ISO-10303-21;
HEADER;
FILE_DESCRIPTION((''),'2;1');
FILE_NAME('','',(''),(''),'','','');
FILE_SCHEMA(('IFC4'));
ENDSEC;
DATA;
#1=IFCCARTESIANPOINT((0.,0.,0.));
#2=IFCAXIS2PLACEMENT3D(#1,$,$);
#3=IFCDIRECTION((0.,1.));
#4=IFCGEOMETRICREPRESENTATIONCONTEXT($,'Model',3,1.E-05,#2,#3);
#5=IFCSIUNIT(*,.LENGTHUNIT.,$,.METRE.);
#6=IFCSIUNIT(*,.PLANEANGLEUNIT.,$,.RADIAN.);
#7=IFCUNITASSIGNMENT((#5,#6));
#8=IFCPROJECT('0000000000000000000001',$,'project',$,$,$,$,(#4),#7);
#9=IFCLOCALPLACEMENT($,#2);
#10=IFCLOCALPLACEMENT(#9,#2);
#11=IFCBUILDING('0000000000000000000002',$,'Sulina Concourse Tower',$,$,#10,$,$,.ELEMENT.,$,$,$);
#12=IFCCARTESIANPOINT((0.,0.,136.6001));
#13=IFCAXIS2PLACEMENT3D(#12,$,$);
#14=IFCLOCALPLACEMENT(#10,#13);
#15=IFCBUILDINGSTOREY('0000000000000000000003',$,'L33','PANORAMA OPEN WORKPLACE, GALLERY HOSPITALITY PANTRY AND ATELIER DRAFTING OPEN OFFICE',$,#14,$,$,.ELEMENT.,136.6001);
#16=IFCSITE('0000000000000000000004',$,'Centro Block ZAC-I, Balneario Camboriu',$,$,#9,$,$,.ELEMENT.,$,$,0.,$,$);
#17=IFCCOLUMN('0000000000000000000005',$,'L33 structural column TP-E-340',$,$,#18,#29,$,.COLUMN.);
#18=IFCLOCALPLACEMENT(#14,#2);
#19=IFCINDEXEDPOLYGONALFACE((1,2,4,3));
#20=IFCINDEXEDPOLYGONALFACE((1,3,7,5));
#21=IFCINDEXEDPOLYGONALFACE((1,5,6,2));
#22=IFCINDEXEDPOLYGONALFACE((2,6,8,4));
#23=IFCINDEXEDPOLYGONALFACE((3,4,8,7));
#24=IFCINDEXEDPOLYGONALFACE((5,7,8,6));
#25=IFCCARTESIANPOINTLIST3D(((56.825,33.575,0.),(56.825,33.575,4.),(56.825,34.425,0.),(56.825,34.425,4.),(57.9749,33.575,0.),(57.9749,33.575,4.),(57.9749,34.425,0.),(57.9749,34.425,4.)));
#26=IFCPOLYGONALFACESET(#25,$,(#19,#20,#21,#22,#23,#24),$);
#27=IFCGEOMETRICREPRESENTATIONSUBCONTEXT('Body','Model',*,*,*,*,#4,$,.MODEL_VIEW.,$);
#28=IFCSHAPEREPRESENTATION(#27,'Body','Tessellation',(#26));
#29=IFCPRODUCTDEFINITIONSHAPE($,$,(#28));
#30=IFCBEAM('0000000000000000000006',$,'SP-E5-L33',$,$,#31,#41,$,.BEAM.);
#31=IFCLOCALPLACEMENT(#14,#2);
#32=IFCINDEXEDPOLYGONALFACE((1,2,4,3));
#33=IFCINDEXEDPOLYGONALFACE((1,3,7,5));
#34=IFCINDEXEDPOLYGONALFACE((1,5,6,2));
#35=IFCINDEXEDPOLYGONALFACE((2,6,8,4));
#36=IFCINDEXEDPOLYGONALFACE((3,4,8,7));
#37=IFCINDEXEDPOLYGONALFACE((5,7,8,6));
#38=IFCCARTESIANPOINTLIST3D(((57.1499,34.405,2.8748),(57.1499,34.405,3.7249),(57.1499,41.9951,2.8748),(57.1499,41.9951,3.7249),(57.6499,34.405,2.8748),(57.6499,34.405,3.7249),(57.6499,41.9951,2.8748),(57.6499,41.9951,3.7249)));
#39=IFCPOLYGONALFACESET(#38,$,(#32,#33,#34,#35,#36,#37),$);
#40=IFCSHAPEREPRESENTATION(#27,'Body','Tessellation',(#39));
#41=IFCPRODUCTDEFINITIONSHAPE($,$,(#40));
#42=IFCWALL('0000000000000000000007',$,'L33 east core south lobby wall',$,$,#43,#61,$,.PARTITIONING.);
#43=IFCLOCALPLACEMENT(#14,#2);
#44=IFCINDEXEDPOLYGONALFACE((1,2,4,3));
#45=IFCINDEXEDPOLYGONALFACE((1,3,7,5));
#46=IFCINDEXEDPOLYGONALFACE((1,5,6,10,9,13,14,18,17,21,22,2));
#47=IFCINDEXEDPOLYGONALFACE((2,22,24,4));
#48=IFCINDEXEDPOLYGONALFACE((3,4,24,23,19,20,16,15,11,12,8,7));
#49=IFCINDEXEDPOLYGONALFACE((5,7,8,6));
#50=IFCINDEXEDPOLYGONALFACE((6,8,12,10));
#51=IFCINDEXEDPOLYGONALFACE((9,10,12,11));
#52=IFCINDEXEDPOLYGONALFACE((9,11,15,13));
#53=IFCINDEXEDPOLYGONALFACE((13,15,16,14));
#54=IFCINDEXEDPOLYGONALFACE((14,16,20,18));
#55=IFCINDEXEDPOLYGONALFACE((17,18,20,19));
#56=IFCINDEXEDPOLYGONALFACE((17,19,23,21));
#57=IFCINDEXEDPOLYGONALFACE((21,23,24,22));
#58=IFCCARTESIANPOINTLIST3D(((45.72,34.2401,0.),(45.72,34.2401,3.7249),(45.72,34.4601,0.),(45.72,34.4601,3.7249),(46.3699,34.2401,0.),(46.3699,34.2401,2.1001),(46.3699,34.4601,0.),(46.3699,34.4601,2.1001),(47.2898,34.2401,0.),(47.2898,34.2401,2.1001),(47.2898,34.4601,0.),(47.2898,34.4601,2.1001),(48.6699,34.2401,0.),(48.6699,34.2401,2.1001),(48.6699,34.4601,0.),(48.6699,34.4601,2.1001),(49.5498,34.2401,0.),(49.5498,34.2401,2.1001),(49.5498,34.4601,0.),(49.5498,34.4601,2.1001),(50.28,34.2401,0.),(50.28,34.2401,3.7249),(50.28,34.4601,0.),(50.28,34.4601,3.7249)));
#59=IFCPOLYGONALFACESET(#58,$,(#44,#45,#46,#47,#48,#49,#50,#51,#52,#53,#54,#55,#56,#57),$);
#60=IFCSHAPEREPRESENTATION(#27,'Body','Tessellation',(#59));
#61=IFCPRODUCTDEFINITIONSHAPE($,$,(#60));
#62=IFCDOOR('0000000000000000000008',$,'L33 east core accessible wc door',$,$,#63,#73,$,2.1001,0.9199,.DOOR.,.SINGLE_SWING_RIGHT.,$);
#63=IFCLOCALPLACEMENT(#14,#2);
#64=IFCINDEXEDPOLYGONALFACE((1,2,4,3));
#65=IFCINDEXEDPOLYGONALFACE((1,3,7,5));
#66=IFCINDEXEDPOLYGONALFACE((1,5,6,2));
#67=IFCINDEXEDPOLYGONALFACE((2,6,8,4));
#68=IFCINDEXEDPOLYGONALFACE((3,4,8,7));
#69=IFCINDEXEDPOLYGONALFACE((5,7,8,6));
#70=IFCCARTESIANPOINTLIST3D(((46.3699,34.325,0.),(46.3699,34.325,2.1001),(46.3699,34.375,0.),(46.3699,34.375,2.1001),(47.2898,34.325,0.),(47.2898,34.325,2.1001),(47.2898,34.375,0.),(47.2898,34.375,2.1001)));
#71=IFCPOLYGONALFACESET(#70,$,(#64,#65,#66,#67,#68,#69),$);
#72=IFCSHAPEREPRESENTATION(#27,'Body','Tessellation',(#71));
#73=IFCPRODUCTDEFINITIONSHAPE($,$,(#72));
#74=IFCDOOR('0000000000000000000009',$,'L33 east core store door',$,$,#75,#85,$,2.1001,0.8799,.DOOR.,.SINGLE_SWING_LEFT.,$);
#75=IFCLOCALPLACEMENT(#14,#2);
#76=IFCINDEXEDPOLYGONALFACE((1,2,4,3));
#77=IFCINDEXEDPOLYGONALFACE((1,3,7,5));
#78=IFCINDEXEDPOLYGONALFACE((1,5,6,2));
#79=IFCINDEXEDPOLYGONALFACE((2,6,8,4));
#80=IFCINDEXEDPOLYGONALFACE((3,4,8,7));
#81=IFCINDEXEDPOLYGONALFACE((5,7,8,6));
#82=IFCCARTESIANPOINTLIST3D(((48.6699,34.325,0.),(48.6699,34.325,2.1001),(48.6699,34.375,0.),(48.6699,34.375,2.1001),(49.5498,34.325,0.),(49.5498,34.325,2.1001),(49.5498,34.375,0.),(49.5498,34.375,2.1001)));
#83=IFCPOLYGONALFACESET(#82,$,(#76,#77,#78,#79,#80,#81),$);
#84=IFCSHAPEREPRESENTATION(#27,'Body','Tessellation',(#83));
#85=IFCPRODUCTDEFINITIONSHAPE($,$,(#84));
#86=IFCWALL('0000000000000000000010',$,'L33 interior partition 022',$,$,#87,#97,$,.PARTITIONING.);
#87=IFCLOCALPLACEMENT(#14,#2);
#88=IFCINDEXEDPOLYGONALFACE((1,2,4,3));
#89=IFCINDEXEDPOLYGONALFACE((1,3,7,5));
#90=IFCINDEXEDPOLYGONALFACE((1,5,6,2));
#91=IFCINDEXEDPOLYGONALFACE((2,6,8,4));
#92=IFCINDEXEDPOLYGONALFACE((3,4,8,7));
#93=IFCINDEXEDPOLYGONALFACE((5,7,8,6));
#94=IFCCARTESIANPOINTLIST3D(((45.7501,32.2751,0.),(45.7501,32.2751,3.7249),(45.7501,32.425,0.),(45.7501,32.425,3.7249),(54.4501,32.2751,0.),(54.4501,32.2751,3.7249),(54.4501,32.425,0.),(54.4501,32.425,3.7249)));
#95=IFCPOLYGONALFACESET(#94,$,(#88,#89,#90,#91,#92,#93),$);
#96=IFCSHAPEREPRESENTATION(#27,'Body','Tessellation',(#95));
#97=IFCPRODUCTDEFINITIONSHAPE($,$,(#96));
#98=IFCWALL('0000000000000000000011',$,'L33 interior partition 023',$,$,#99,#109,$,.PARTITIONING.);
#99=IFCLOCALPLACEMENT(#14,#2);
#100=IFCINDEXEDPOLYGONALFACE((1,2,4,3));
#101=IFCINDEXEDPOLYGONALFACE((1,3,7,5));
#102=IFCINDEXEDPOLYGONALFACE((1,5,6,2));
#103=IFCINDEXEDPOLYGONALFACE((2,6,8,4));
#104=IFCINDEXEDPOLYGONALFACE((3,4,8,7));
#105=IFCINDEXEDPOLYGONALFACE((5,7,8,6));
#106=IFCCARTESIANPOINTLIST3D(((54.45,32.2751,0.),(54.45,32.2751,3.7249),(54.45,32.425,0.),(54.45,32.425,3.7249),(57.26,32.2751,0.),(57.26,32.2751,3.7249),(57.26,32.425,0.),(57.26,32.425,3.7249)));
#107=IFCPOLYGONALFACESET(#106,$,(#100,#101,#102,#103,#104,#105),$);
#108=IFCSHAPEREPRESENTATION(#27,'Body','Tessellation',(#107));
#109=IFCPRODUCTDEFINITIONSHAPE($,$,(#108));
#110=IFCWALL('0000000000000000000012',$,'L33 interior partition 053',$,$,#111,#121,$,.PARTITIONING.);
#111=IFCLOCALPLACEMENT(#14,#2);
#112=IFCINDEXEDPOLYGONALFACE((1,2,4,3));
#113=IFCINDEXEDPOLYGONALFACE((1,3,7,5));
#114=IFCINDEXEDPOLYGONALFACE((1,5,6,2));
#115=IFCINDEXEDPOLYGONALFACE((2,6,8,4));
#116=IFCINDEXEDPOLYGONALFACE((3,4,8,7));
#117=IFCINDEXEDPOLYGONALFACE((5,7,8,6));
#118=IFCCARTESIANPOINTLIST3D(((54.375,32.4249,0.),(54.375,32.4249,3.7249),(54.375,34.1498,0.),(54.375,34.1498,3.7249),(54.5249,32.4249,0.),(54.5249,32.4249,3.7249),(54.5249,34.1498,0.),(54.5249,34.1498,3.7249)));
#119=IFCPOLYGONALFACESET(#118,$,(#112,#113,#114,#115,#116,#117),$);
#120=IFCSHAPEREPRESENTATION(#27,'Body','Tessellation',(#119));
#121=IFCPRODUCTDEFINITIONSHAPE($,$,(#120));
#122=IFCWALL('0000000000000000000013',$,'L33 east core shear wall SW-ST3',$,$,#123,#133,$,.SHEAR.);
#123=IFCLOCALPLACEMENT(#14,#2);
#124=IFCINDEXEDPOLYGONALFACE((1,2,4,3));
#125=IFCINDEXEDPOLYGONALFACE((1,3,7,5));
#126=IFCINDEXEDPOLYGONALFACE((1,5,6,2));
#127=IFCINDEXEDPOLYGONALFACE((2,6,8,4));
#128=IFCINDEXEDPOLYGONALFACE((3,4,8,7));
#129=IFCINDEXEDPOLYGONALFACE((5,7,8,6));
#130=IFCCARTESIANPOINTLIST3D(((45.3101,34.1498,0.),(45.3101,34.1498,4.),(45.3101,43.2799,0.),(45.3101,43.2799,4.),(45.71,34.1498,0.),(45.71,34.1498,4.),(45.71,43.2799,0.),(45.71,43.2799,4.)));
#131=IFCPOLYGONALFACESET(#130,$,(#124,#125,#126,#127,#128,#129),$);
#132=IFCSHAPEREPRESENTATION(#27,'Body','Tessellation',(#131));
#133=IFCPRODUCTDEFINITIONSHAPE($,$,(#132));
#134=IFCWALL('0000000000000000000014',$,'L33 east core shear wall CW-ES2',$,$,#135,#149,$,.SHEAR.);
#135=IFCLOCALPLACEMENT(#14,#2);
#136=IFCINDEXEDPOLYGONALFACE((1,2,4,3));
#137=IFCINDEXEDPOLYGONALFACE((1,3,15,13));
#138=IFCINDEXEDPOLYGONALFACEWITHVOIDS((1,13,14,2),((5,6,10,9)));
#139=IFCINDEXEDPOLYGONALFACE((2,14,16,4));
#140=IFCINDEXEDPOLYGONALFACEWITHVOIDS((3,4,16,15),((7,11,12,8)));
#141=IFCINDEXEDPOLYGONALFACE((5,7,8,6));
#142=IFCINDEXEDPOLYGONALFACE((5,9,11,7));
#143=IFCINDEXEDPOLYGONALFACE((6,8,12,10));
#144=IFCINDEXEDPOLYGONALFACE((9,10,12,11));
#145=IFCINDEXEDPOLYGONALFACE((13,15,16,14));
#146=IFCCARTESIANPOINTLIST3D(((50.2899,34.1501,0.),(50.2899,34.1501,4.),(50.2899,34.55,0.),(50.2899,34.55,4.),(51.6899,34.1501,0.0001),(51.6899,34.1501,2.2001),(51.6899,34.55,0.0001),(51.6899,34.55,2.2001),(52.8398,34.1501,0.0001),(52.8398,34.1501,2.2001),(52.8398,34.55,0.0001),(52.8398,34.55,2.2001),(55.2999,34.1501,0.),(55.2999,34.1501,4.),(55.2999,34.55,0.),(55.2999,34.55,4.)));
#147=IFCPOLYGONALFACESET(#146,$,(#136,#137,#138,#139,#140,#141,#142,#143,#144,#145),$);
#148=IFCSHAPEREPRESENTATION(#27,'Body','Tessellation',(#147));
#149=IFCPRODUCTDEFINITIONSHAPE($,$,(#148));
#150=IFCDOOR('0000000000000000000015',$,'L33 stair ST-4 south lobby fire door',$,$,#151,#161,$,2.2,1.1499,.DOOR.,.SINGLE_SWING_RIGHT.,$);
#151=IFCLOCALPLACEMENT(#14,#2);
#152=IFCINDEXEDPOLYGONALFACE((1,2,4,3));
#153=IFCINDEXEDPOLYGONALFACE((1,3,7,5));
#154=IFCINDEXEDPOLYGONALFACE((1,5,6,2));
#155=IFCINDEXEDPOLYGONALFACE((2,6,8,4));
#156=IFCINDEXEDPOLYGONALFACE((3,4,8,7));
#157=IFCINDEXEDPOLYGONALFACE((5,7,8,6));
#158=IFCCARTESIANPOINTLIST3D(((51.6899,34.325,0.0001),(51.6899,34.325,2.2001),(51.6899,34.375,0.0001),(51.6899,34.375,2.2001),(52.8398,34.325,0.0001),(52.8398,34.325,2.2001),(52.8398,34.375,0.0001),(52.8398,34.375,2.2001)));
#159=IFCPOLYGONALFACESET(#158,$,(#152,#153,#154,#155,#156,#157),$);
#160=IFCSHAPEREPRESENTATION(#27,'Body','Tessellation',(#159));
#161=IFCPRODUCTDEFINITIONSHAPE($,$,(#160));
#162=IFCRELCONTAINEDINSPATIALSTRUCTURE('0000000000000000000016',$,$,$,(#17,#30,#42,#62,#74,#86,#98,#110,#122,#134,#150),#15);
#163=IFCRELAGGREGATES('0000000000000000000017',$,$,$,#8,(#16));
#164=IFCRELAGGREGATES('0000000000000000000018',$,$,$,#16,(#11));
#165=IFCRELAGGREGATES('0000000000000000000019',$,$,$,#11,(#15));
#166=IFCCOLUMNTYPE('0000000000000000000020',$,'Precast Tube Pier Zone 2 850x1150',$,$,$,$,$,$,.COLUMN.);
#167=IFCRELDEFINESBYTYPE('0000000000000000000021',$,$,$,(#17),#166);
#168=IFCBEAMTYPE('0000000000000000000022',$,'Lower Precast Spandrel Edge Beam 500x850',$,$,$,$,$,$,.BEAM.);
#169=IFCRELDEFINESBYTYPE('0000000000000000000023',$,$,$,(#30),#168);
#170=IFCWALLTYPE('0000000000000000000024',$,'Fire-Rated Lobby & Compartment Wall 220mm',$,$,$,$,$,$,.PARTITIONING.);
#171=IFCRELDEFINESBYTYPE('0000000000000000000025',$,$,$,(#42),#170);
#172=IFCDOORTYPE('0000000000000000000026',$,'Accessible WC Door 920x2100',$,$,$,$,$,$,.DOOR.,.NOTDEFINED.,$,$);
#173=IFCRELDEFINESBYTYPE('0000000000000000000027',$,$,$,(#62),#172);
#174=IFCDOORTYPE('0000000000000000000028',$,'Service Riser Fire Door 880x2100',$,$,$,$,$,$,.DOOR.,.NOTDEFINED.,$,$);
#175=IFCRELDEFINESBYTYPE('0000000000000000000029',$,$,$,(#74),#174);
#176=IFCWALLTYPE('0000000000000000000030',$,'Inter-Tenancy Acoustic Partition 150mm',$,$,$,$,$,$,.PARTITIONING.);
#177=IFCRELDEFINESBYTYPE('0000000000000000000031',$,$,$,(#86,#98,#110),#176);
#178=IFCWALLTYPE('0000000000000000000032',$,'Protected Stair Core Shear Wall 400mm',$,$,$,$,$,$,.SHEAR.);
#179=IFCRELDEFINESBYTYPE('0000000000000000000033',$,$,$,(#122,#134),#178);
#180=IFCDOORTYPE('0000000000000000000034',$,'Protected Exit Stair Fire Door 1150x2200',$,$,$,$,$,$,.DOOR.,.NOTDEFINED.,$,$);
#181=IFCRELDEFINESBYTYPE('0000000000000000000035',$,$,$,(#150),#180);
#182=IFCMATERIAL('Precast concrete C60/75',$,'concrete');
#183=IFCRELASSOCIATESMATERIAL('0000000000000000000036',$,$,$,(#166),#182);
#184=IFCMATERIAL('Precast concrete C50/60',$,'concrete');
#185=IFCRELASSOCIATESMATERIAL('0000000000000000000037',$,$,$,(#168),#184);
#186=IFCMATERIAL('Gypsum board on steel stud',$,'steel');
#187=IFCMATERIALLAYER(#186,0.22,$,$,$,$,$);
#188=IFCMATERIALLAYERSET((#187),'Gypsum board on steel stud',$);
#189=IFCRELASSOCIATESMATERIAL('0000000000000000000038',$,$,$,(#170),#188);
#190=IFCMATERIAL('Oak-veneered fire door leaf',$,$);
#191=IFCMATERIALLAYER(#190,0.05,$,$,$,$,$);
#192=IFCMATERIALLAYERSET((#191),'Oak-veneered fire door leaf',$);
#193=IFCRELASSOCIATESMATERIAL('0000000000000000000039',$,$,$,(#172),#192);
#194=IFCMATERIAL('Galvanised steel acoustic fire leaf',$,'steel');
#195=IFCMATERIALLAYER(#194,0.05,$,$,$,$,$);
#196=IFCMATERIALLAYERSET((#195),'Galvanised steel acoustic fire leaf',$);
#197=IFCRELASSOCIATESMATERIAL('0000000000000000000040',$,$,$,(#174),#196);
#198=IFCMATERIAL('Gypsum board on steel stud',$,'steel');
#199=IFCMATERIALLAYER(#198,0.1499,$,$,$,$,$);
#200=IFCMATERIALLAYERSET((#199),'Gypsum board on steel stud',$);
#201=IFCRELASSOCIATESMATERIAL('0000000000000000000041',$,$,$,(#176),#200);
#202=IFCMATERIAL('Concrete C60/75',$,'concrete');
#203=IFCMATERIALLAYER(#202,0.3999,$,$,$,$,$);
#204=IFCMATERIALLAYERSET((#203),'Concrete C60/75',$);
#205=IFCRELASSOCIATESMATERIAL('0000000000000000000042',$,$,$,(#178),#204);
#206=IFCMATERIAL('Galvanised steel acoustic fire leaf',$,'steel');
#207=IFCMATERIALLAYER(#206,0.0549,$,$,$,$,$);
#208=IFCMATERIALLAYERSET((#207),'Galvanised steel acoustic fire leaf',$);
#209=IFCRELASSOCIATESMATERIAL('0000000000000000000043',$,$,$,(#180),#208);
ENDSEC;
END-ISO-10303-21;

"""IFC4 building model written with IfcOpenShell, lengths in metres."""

from ifc_helpers import new_model, si_unit, direction, frame, frame_2d, origin, origin_2d, place, context, subcontext, project, spatial, rectangle, extrude, material, layer, layer_set, material_profile, profile_set, type_object, element, fill, save


model = new_model("IFC4")

# Units and contexts
model_context = context("Model", 3, precision=1e-05, world=origin(), true_north=direction((0.0, 1.0)))
body_context = subcontext(model_context, "Body", "Model", "MODEL_VIEW")
ifc_project = project(units=[si_unit("LENGTHUNIT", "METRE"), si_unit("PLANEANGLEUNIT", "RADIAN")], contexts=[model_context])

# Site, building, storey
site_placement = place(None, origin())
site = spatial("IfcSite", under=ifc_project, at=site_placement, Name="Centro Block ZAC-I, Balneario Camboriu", CompositionType="ELEMENT", RefElevation=0.0)
building_placement = place(site_placement, origin())
building = spatial("IfcBuilding", under=site, at=building_placement, Name="Sulina Concourse Tower", CompositionType="ELEMENT")
storey_placement = place(building_placement, frame((0.0, 0.0, 136.6001)))
storey = spatial("IfcBuildingStorey", under=building, at=storey_placement, Name="L33", Description="PANORAMA OPEN WORKPLACE, GALLERY HOSPITALITY PANTRY AND ATELIER DRAFTING OPEN OFFICE", CompositionType="ELEMENT", Elevation=136.6001)

# Column
ifc_material_1 = material(Name="Precast concrete C60/75", Category="concrete")
ifc_material_profile_1 = material_profile(ifc_material_1, rectangle(XDim=0.8501, YDim=1.1499, at=origin_2d()), Name="PC 850x1150")
ifc_profile_set_1 = profile_set([ifc_material_profile_1], Name="Precast concrete C60/75")
column_type = type_object("IfcColumnType", Name="Precast Tube Pier Zone 2 850x1150", PredefinedType="COLUMN", material=ifc_profile_set_1)
column_placement = place(storey_placement, frame((57.3999, 34.0, 0.0), z_axis=(0.0, 0.0, 1.0), x_axis=(0.0, 1.0, 0.0)))
element("IfcColumn", 1, at=column_placement, inside=storey, type_object=column_type, Name="L33 structural column TP-E-340", PredefinedType="COLUMN", context=body_context, shape_type="SweptSolid", body=[
    extrude(rectangle(XDim=0.8501, YDim=1.1499, at=origin_2d()), origin(), (0.0, 0.0, 1.0), 4.0),
])

# Beam
ifc_material_2 = material(Name="Precast concrete C50/60", Category="concrete")
ifc_material_profile_2 = material_profile(ifc_material_2, rectangle(XDim=0.5, YDim=0.8501, at=origin_2d()), Name="RC 500x850")
ifc_profile_set_2 = profile_set([ifc_material_profile_2], Name="Precast concrete C50/60")
beam_type = type_object("IfcBeamType", Name="Lower Precast Spandrel Edge Beam 500x850", PredefinedType="BEAM", material=ifc_profile_set_2)
beam_placement = place(storey_placement, frame((57.3999, 34.405, 3.2998), z_axis=(0.0, 1.0, 0.0), x_axis=(-1.0, 0.0, 0.0)))
element("IfcBeam", 2, at=beam_placement, inside=storey, type_object=beam_type, Name="SP-E5-L33", PredefinedType="BEAM", context=body_context, shape_type="SweptSolid", body=[
    extrude(rectangle(XDim=0.5, YDim=0.8501, at=origin_2d()), origin(), (0.0, 0.0, 1.0), 7.5901),
])

# Wall, openings, doors
ifc_material_3 = material(Name="Gypsum board on steel stud", Category="steel")
ifc_layer_1 = layer(ifc_material_3, 0.22)
ifc_layer_set_1 = layer_set([ifc_layer_1], Name="Gypsum board on steel stud")
wall_type_1 = type_object("IfcWallType", Name="Fire-Rated Lobby & Compartment Wall 220mm", PredefinedType="PARTITIONING", material=ifc_layer_set_1)
wall_1_placement = place(storey_placement, frame((45.72, 34.3501, 0.0), z_axis=(0.0, 0.0, 1.0), x_axis=(1.0, 0.0, 0.0)))
wall_1 = element("IfcWall", 3, at=wall_1_placement, inside=storey, type_object=wall_type_1, Name="L33 east core south lobby wall", PredefinedType="PARTITIONING", context=body_context, shape_type="SweptSolid", body=[
    extrude(rectangle(XDim=4.5601, YDim=0.22, at=frame_2d((2.28, 0.0))), origin(), (0.0, 0.0, 1.0), 3.7249),
])
opening_1_placement = place(wall_1_placement, frame((0.6499, 0.0, 0.0)))
opening_1 = element("IfcOpeningElement", 4, at=opening_1_placement, cuts=wall_1, PredefinedType="OPENING", context=body_context, shape_type="SweptSolid", body=[
    extrude(rectangle(XDim=0.9199, YDim=2.1001, at=frame_2d((0.46, 1.05))), frame((0.0, 0.1199, 0.0), z_axis=(0.0, -1.0, 0.0), x_axis=(1.0, 0.0, 0.0)), (0.0, 0.0, 1.0), 0.24),
])
opening_2_placement = place(wall_1_placement, frame((2.95, 0.0, 0.0)))
opening_2 = element("IfcOpeningElement", 5, at=opening_2_placement, cuts=wall_1, PredefinedType="OPENING", context=body_context, shape_type="SweptSolid", body=[
    extrude(rectangle(XDim=0.8799, YDim=2.1001, at=frame_2d((0.4399, 1.05))), frame((0.0, 0.1199, 0.0), z_axis=(0.0, -1.0, 0.0), x_axis=(1.0, 0.0, 0.0)), (0.0, 0.0, 1.0), 0.24),
])
ifc_material_4 = material(Name="Oak-veneered fire door leaf")
ifc_layer_2 = layer(ifc_material_4, 0.05)
ifc_layer_set_2 = layer_set([ifc_layer_2], Name="Oak-veneered fire door leaf")
door_type_1 = type_object("IfcDoorType", Name="Accessible WC Door 920x2100", OperationType="NOTDEFINED", PredefinedType="DOOR", material=ifc_layer_set_2)
door_1_placement = place(opening_1_placement, origin())
door_1 = element("IfcDoor", 6, at=door_1_placement, inside=storey, type_object=door_type_1, Name="L33 east core accessible wc door", OperationType="SINGLE_SWING_RIGHT", OverallHeight=2.1001, OverallWidth=0.9199, PredefinedType="DOOR", context=body_context, shape_type="SweptSolid", body=[
    extrude(rectangle(XDim=0.9199, YDim=2.1001, at=frame_2d((0.46, 1.05))), frame((0.0, 0.0249, 0.0), z_axis=(0.0, -1.0, 0.0), x_axis=(1.0, 0.0, 0.0)), (0.0, 0.0, 1.0), 0.05),
])
fill(opening_1, door_1)
ifc_material_5 = material(Name="Galvanised steel acoustic fire leaf", Category="steel")
ifc_layer_3 = layer(ifc_material_5, 0.05)
ifc_layer_set_3 = layer_set([ifc_layer_3], Name="Galvanised steel acoustic fire leaf")
door_type_2 = type_object("IfcDoorType", Name="Service Riser Fire Door 880x2100", OperationType="NOTDEFINED", PredefinedType="DOOR", material=ifc_layer_set_3)
door_2_placement = place(opening_2_placement, origin())
door_2 = element("IfcDoor", 7, at=door_2_placement, inside=storey, type_object=door_type_2, Name="L33 east core store door", OperationType="SINGLE_SWING_LEFT", OverallHeight=2.1001, OverallWidth=0.8799, PredefinedType="DOOR", context=body_context, shape_type="SweptSolid", body=[
    extrude(rectangle(XDim=0.8799, YDim=2.1001, at=frame_2d((0.4399, 1.05))), frame((0.0, 0.0249, 0.0), z_axis=(0.0, -1.0, 0.0), x_axis=(1.0, 0.0, 0.0)), (0.0, 0.0, 1.0), 0.05),
])
fill(opening_2, door_2)

# Walls
ifc_material_6 = material(Name="Gypsum board on steel stud", Category="steel")
ifc_layer_4 = layer(ifc_material_6, 0.1499)
ifc_layer_set_4 = layer_set([ifc_layer_4], Name="Gypsum board on steel stud")
wall_type_2 = type_object("IfcWallType", Name="Inter-Tenancy Acoustic Partition 150mm", PredefinedType="PARTITIONING", material=ifc_layer_set_4)
wall_2_placement = place(storey_placement, frame((45.75, 32.3501, 0.0), z_axis=(0.0, 0.0, 1.0), x_axis=(1.0, 0.0, 0.0)))
element("IfcWall", 8, at=wall_2_placement, inside=storey, type_object=wall_type_2, Name="L33 interior partition 022", PredefinedType="PARTITIONING", context=body_context, shape_type="SweptSolid", body=[
    extrude(rectangle(XDim=8.7, YDim=0.1499, at=frame_2d((4.3501, 0.0))), origin(), (0.0, 0.0, 1.0), 3.7249),
])
wall_3_placement = place(storey_placement, frame((54.45, 32.3501, 0.0), z_axis=(0.0, 0.0, 1.0), x_axis=(1.0, 0.0, 0.0)))
element("IfcWall", 9, at=wall_3_placement, inside=storey, type_object=wall_type_2, Name="L33 interior partition 023", PredefinedType="PARTITIONING", context=body_context, shape_type="SweptSolid", body=[
    extrude(rectangle(XDim=2.8101, YDim=0.1499, at=frame_2d((1.405, 0.0))), origin(), (0.0, 0.0, 1.0), 3.7249),
])
wall_4_placement = place(storey_placement, frame((54.45, 32.425, 0.0), z_axis=(0.0, 0.0, 1.0), x_axis=(0.0, 1.0, 0.0)))
element("IfcWall", 10, at=wall_4_placement, inside=storey, type_object=wall_type_2, Name="L33 interior partition 053", PredefinedType="PARTITIONING", context=body_context, shape_type="SweptSolid", body=[
    extrude(rectangle(XDim=1.7249, YDim=0.1499, at=frame_2d((0.8623, 0.0))), origin(), (0.0, 0.0, 1.0), 3.7249),
])
ifc_material_7 = material(Name="Concrete C60/75", Category="concrete")
ifc_layer_5 = layer(ifc_material_7, 0.3999)
ifc_layer_set_5 = layer_set([ifc_layer_5], Name="Concrete C60/75")
wall_type_3 = type_object("IfcWallType", Name="Protected Stair Core Shear Wall 400mm", PredefinedType="SHEAR", material=ifc_layer_set_5)
wall_5_placement = place(storey_placement, frame((45.51, 34.1499, 0.0), z_axis=(0.0, 0.0, 1.0), x_axis=(0.0, 1.0, 0.0)))
element("IfcWall", 11, at=wall_5_placement, inside=storey, type_object=wall_type_3, Name="L33 east core shear wall SW-ST3", PredefinedType="SHEAR", context=body_context, shape_type="SweptSolid", body=[
    extrude(rectangle(XDim=9.1301, YDim=0.3999, at=frame_2d((4.5649, 0.0))), origin(), (0.0, 0.0, 1.0), 4.0),
])

# Wall, opening, door
wall_6_placement = place(storey_placement, frame((50.29, 34.3501, 0.0), z_axis=(0.0, 0.0, 1.0), x_axis=(1.0, 0.0, 0.0)))
wall_6 = element("IfcWall", 12, at=wall_6_placement, inside=storey, type_object=wall_type_3, Name="L33 east core shear wall CW-ES2", PredefinedType="SHEAR", context=body_context, shape_type="SweptSolid", body=[
    extrude(rectangle(XDim=5.01, YDim=0.3999, at=frame_2d((2.5049, 0.0))), origin(), (0.0, 0.0, 1.0), 4.0),
])
opening_3_placement = place(wall_6_placement, frame((1.3999, 0.0, 0.0)))
opening_3 = element("IfcOpeningElement", 13, at=opening_3_placement, cuts=wall_6, PredefinedType="OPENING", context=body_context, shape_type="SweptSolid", body=[
    extrude(rectangle(XDim=1.1499, YDim=2.2, at=frame_2d((0.575, 1.1001))), frame((0.0, 0.21, 0.0), z_axis=(0.0, -1.0, 0.0), x_axis=(1.0, 0.0, 0.0)), (0.0, 0.0, 1.0), 0.4199),
])
ifc_material_8 = material(Name="Galvanised steel acoustic fire leaf", Category="steel")
ifc_layer_6 = layer(ifc_material_8, 0.0549)
ifc_layer_set_6 = layer_set([ifc_layer_6], Name="Galvanised steel acoustic fire leaf")
door_type_3 = type_object("IfcDoorType", Name="Protected Exit Stair Fire Door 1150x2200", OperationType="NOTDEFINED", PredefinedType="DOOR", material=ifc_layer_set_6)
door_3_placement = place(opening_3_placement, origin())
door_3 = element("IfcDoor", 14, at=door_3_placement, inside=storey, type_object=door_type_3, Name="L33 stair ST-4 south lobby fire door", OperationType="SINGLE_SWING_RIGHT", OverallHeight=2.2, OverallWidth=1.1499, PredefinedType="DOOR", context=body_context, shape_type="SweptSolid", body=[
    extrude(rectangle(XDim=1.1499, YDim=2.2, at=frame_2d((0.575, 1.1001))), frame((0.0, 0.0249, 0.0), z_axis=(0.0, -1.0, 0.0), x_axis=(1.0, 0.0, 0.0)), (0.0, 0.0, 1.0), 0.05),
])
fill(opening_3, door_3)

save(model, "model.ifc")
